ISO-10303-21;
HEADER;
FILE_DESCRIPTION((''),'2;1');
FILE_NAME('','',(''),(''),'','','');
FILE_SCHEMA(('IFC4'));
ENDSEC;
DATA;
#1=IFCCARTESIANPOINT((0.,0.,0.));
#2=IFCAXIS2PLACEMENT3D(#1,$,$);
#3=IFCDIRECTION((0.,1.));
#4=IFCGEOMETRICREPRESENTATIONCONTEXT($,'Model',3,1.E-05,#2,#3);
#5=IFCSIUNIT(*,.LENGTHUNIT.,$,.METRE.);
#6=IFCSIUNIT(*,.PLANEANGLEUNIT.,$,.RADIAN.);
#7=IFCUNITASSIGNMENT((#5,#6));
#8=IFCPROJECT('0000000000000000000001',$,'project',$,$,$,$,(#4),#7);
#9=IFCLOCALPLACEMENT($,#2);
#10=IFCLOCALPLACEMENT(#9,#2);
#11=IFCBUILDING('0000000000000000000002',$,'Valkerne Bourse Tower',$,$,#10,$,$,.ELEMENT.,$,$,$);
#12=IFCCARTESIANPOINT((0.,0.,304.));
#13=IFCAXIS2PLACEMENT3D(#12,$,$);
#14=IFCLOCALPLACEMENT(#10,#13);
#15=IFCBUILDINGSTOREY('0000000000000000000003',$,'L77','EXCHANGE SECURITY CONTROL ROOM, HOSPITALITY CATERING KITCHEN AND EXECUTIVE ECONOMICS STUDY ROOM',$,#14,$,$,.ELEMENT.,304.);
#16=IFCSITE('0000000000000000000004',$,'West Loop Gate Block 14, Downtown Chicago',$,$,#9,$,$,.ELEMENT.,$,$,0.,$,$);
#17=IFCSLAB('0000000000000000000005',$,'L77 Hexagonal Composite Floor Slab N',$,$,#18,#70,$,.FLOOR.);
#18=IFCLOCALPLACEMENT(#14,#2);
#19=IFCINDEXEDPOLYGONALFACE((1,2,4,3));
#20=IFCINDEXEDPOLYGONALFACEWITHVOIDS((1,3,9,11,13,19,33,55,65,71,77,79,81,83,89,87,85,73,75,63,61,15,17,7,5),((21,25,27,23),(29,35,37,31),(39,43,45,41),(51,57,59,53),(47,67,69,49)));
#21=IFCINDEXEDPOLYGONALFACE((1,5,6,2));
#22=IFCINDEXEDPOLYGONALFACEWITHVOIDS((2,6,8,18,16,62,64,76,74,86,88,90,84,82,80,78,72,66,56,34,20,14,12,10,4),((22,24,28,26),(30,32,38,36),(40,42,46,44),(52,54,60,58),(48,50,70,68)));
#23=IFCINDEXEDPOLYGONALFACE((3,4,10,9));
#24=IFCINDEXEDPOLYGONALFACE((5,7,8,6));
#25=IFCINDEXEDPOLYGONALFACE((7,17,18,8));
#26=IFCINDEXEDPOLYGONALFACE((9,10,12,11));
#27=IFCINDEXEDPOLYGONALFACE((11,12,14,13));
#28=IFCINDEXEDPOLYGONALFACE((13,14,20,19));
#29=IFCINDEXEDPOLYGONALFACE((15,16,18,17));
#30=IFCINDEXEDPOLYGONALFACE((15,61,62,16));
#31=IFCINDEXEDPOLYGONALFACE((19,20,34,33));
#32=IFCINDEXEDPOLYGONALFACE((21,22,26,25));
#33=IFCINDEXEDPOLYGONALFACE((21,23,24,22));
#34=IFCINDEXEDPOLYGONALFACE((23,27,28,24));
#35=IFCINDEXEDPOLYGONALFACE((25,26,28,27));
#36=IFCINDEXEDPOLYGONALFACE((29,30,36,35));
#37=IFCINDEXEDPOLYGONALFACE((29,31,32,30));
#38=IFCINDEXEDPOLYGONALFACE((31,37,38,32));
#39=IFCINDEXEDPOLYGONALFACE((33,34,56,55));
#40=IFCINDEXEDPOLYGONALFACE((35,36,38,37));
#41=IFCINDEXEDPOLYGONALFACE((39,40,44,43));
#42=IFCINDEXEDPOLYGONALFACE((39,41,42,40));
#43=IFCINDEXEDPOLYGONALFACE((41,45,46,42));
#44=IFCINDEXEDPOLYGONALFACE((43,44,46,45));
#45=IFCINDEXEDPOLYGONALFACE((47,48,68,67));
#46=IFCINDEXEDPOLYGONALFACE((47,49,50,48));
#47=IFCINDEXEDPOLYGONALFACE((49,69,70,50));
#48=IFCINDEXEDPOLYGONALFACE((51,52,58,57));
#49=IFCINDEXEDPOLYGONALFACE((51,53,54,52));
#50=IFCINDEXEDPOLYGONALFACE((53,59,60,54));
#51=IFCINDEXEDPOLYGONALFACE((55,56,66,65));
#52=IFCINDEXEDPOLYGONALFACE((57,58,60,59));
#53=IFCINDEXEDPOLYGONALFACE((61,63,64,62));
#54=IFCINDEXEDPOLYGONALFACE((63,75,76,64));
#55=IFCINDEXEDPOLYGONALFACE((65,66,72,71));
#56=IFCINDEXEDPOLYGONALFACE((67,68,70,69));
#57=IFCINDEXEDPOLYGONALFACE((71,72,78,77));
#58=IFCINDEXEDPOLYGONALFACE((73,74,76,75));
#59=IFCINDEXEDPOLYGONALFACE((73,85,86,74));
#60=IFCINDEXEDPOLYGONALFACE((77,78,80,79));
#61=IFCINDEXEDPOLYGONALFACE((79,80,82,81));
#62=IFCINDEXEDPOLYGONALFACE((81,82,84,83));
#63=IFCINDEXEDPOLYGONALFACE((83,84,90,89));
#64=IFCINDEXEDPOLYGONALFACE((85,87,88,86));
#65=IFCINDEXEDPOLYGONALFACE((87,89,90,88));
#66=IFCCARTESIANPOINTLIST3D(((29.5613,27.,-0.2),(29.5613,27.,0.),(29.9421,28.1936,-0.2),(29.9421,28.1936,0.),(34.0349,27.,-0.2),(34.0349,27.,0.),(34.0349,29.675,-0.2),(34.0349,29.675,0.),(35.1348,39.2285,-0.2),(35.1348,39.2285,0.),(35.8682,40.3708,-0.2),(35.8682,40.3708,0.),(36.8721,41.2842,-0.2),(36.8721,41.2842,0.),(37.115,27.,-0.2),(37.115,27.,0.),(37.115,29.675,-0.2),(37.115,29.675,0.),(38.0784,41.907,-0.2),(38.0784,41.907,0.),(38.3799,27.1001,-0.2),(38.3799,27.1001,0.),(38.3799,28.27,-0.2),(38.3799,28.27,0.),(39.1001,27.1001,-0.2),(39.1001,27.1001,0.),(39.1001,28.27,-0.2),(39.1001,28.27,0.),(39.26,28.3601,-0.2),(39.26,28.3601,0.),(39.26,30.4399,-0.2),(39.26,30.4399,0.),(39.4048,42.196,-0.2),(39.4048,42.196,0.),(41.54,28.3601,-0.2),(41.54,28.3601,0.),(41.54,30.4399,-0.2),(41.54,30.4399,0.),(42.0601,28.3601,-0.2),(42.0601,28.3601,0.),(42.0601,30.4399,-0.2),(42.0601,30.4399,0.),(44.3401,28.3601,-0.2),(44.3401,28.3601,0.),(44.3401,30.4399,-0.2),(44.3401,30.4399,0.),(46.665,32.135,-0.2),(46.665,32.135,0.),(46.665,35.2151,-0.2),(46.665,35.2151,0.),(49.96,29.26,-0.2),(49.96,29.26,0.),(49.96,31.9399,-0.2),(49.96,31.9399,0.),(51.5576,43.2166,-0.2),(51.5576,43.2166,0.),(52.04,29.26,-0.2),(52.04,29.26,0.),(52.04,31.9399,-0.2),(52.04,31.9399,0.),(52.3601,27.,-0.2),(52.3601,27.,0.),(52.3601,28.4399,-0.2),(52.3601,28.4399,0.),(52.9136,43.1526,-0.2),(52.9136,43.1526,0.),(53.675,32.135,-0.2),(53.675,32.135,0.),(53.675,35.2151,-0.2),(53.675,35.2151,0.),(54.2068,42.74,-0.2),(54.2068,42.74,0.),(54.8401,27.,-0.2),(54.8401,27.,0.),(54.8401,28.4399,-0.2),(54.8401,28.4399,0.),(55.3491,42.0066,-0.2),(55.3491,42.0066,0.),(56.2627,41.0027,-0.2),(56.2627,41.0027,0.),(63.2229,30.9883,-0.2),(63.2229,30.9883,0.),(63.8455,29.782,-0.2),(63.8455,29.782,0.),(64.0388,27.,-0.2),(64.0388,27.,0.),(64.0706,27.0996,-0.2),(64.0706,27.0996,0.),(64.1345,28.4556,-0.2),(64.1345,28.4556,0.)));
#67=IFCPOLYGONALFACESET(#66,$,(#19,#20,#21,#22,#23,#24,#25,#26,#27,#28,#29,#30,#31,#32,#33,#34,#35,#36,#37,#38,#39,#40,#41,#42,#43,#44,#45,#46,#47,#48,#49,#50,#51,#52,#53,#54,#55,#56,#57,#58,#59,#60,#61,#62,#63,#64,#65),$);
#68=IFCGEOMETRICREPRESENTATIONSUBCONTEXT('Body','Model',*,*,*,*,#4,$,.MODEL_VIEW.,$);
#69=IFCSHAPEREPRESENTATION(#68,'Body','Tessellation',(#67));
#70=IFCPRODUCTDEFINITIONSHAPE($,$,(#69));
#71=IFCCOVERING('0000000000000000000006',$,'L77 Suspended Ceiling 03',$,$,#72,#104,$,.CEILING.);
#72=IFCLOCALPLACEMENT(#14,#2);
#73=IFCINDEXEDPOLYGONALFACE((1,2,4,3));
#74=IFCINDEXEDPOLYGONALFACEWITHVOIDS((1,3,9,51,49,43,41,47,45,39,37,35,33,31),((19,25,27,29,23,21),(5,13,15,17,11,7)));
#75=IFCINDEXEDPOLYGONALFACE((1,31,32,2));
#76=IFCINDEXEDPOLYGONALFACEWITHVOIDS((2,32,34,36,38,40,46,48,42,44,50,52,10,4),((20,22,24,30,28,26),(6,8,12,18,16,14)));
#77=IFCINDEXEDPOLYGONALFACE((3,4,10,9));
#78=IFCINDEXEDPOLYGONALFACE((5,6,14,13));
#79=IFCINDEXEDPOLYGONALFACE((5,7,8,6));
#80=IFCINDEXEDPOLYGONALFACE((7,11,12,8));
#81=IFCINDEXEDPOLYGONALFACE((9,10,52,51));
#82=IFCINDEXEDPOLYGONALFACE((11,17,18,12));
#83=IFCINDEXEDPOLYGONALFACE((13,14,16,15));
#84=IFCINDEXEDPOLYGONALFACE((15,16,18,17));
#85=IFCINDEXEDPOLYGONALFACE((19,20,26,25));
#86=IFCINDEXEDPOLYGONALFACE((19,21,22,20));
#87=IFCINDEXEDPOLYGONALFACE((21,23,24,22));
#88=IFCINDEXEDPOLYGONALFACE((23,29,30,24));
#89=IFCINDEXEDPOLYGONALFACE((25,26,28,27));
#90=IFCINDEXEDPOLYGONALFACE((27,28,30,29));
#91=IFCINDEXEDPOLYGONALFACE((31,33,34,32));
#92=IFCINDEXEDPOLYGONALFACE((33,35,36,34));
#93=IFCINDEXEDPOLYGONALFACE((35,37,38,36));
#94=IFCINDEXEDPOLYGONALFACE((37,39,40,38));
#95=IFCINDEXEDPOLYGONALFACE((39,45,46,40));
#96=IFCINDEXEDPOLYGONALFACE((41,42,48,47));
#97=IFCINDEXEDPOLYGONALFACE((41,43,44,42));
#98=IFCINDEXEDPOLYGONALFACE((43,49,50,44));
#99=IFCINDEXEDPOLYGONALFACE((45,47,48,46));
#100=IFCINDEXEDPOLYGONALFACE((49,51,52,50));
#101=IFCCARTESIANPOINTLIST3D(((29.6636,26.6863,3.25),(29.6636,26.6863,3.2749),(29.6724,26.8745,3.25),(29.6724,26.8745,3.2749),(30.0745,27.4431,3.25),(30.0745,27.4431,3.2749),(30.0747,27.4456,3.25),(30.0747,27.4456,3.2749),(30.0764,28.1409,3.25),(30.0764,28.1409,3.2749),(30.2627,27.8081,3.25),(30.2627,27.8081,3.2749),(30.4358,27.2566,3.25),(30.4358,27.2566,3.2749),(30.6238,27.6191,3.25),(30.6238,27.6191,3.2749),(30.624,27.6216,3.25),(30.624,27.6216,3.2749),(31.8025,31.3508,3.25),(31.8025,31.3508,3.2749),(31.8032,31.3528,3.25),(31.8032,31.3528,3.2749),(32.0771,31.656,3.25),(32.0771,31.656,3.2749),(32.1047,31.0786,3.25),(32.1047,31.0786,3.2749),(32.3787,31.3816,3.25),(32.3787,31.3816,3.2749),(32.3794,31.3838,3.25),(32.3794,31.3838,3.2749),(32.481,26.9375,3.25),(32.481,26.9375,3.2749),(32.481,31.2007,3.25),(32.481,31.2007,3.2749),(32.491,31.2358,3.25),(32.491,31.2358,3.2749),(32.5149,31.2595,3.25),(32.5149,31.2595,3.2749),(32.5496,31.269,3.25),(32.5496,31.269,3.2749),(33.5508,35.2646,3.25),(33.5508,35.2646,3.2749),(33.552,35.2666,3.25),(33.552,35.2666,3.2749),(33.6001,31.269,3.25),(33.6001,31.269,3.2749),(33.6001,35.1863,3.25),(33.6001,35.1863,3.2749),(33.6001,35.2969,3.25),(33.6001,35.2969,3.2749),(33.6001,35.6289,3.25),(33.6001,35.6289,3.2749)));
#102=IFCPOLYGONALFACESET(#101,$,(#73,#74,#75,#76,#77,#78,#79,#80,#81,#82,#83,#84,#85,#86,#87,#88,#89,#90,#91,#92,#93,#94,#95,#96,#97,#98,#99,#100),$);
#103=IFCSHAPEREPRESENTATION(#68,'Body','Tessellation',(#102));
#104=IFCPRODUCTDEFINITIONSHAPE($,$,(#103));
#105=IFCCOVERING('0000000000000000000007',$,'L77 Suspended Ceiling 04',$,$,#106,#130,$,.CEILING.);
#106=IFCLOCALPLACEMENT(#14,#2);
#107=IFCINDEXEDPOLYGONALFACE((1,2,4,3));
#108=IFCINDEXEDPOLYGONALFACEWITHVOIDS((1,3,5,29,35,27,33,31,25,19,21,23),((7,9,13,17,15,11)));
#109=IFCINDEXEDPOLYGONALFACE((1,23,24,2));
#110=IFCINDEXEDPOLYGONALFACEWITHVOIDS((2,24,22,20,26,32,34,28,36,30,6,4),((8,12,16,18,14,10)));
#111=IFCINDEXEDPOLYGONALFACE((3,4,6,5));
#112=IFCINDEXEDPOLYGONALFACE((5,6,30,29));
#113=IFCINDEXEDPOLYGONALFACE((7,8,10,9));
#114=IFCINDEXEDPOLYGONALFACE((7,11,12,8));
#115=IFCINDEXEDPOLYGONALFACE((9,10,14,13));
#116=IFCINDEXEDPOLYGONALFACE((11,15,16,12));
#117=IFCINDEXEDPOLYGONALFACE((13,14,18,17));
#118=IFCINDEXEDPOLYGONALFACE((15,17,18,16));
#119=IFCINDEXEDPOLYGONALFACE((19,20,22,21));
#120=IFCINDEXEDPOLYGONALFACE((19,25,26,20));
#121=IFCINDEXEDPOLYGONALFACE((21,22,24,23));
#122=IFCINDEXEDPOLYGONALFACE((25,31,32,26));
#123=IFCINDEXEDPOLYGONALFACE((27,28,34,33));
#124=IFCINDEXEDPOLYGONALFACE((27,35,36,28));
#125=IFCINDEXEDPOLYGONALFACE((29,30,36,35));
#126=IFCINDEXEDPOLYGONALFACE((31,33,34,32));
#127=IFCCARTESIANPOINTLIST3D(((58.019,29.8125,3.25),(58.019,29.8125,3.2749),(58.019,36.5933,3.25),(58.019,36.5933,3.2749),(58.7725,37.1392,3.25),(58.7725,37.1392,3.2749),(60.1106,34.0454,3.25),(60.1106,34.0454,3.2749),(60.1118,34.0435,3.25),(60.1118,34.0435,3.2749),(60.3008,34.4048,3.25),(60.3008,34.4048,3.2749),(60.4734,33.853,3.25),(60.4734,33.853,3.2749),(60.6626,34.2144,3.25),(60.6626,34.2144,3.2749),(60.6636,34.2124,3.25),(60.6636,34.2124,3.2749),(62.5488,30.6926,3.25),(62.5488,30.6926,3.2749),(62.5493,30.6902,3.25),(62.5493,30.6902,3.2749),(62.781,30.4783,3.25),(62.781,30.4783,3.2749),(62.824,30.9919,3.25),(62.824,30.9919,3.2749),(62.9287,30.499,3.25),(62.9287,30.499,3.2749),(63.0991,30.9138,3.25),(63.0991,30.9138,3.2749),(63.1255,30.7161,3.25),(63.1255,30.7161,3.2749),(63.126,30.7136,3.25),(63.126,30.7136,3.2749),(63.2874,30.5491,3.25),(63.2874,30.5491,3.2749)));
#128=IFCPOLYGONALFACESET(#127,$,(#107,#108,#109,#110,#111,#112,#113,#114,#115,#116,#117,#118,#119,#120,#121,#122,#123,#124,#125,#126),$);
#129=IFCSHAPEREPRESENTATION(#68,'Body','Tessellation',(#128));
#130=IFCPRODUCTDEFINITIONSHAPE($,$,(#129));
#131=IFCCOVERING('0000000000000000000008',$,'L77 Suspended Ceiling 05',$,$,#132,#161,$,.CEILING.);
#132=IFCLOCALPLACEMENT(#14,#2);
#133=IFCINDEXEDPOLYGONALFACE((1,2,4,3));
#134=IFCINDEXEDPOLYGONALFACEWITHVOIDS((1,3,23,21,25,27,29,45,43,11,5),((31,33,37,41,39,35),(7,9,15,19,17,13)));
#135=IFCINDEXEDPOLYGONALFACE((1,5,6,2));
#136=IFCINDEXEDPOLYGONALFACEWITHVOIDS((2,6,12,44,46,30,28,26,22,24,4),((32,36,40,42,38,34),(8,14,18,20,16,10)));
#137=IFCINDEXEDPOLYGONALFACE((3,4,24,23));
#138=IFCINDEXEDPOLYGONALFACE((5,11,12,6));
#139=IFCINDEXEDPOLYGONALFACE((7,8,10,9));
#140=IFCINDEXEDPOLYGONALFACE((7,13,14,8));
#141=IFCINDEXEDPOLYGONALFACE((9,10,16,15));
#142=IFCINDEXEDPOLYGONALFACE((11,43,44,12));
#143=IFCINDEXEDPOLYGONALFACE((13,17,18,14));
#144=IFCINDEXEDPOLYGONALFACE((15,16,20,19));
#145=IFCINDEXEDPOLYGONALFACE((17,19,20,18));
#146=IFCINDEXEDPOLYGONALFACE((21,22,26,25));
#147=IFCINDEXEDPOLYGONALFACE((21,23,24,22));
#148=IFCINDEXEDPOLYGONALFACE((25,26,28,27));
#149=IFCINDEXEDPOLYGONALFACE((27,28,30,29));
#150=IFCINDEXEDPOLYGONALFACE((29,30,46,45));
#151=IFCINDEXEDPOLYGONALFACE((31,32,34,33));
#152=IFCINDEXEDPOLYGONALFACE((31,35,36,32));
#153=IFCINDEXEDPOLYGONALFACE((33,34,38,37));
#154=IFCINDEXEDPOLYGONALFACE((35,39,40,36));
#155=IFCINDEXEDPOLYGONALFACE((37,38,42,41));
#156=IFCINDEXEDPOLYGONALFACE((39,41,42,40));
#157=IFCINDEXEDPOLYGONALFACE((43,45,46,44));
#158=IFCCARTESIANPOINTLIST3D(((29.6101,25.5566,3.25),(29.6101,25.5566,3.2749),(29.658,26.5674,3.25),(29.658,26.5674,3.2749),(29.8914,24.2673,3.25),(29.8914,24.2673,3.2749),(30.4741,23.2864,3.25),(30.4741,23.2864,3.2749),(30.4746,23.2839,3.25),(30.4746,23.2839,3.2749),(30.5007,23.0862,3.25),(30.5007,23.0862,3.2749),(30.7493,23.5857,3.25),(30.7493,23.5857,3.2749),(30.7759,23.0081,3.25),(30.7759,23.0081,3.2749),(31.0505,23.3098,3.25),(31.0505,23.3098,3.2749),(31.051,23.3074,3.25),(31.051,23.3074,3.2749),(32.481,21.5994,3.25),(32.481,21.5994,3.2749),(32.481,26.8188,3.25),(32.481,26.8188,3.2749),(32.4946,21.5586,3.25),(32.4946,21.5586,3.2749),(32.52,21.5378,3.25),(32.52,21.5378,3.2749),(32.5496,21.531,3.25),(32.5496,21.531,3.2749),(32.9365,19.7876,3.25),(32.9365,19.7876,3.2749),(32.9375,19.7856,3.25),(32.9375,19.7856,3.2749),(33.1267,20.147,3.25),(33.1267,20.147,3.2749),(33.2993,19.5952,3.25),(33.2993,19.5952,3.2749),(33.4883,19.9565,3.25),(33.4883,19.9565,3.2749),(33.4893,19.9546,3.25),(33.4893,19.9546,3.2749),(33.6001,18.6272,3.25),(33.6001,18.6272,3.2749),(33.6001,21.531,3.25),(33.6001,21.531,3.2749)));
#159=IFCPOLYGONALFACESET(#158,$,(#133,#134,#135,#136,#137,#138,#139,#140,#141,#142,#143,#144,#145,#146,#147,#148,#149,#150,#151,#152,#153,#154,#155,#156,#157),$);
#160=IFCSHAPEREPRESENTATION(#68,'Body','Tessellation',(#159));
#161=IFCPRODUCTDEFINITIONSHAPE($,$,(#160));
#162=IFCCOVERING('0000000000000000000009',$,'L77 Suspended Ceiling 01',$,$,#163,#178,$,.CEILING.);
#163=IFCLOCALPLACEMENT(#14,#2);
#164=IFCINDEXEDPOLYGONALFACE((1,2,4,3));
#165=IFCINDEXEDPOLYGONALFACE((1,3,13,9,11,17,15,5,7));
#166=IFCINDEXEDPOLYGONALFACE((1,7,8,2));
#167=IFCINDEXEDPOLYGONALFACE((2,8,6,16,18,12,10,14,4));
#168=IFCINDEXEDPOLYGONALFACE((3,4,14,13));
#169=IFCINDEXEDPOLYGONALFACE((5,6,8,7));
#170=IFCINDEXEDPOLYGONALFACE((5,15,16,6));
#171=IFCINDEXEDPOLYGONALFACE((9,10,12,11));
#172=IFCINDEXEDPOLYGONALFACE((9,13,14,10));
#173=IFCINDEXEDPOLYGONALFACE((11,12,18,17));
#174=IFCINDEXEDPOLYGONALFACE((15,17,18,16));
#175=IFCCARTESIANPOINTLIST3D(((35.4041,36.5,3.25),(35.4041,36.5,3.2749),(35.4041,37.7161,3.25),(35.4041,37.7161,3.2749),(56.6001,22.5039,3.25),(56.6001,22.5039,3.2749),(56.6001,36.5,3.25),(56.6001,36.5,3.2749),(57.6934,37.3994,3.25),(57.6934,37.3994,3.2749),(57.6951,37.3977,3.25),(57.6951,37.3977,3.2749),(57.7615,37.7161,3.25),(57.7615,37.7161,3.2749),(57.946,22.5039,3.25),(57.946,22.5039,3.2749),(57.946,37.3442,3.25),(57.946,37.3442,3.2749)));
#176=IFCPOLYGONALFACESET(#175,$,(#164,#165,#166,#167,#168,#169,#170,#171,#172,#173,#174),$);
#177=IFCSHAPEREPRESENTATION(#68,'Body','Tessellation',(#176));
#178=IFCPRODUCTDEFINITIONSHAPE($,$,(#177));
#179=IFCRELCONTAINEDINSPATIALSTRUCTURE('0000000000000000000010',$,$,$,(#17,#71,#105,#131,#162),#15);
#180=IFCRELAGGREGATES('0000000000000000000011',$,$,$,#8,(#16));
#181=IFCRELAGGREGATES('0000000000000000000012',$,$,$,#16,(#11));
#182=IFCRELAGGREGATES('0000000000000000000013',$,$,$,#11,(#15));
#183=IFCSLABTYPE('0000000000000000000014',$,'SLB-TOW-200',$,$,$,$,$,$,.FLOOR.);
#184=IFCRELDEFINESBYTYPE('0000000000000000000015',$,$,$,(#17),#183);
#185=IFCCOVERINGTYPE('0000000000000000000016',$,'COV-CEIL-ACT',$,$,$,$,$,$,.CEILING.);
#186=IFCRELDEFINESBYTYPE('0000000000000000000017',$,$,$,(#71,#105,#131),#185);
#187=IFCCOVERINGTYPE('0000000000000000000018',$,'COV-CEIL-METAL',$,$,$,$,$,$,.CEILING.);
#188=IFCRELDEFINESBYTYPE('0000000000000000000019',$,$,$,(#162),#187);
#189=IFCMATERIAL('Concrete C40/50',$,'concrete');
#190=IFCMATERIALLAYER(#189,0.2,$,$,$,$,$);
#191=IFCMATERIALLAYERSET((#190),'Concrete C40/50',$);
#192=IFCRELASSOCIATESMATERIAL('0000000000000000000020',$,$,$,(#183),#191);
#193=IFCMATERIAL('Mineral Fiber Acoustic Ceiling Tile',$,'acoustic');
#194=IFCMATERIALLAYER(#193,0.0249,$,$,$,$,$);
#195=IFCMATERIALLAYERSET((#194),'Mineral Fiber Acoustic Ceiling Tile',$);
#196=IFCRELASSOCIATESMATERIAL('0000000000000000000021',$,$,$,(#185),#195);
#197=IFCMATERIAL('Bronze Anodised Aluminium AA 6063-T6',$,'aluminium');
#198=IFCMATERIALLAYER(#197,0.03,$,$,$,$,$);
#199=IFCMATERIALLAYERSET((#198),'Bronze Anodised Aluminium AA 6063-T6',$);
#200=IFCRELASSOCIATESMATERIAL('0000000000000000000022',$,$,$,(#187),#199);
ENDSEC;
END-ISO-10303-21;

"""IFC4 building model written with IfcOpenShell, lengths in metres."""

from ifc_helpers import new_model, si_unit, direction, frame, origin, place, context, subcontext, project, spatial, polyline, outline, extrude, material, layer, layer_set, type_object, element, save


model = new_model("IFC4")

# Units and contexts
model_context = context("Model", 3, precision=1e-05, world=origin(), true_north=direction((0.0, 1.0)))
body_context = subcontext(model_context, "Body", "Model", "MODEL_VIEW")
ifc_project = project(units=[si_unit("LENGTHUNIT", "METRE"), si_unit("PLANEANGLEUNIT", "RADIAN")], contexts=[model_context])

# Site, building, storey
site_placement = place(None, origin())
site = spatial("IfcSite", under=ifc_project, at=site_placement, Name="West Loop Gate Block 14, Downtown Chicago", CompositionType="ELEMENT", RefElevation=0.0)
building_placement = place(site_placement, origin())
building = spatial("IfcBuilding", under=site, at=building_placement, Name="Valkerne Bourse Tower", CompositionType="ELEMENT")
storey_placement = place(building_placement, frame((0.0, 0.0, 304.0)))
storey = spatial("IfcBuildingStorey", under=building, at=storey_placement, Name="L77", Description="EXCHANGE SECURITY CONTROL ROOM, HOSPITALITY CATERING KITCHEN AND EXECUTIVE ECONOMICS STUDY ROOM", CompositionType="ELEMENT", Elevation=304.0)

# Shared definitions
ifc_material_1 = material(Name="Concrete C40/50", Category="concrete")

# Slab
ifc_layer_1 = layer(ifc_material_1, 0.2)
ifc_layer_set_1 = layer_set([ifc_layer_1], Name="Concrete C40/50")
slab_type_1 = type_object("IfcSlabType", Name="SLB-TOW-200", PredefinedType="FLOOR", material=ifc_layer_set_1)
slab_1_placement = place(storey_placement, frame((0.0, 0.0, -0.2)))
element("IfcSlab", 1, at=slab_1_placement, inside=storey, type_object=slab_type_1, Name="L77 Hexagonal Composite Floor Slab N", PredefinedType="FLOOR", context=body_context, shape_type="SweptSolid", body=[
    extrude(outline(polyline([(29.9421, 28.1936), (35.1348, 39.2285), (35.8682, 40.3708), (36.8721, 41.2842), (38.0784, 41.907), (39.4048, 42.196), (51.5576, 43.2166), (52.9136, 43.1526), (54.2068, 42.74), (55.3491, 42.0066), (56.2627, 41.0027), (63.2229, 30.9883), (63.8455, 29.782), (64.1345, 28.4556), (64.0706, 27.0996), (64.0388, 27.0), (54.8401, 27.0), (54.8401, 28.4399), (52.3601, 28.4399), (52.3601, 27.0), (37.115, 27.0), (37.115, 29.675), (34.0349, 29.675), (34.0349, 27.0), (29.5613, 27.0), (29.9421, 28.1936)]), holes=[polyline([(39.1001, 28.27), (38.3799, 28.27), (38.3799, 27.1001), (39.1001, 27.1001), (39.1001, 28.27)]), polyline([(41.54, 30.4399), (39.26, 30.4399), (39.26, 28.3601), (41.54, 28.3601), (41.54, 30.4399)]), polyline([(42.0601, 30.4399), (42.0601, 28.3601), (44.3401, 28.3601), (44.3401, 30.4399), (42.0601, 30.4399)]), polyline([(52.04, 31.9399), (49.96, 31.9399), (49.96, 29.26), (52.04, 29.26), (52.04, 31.9399)]), polyline([(53.675, 35.2151), (46.665, 35.2151), (46.665, 32.135), (53.675, 32.135), (53.675, 35.2151)])]), origin(), (0.0, 0.0, 1.0), 0.2),
])

# Coverings
ifc_material_2 = material(Name="Mineral Fiber Acoustic Ceiling Tile", Category="acoustic")
ifc_layer_2 = layer(ifc_material_2, 0.0249)
ifc_layer_set_2 = layer_set([ifc_layer_2], Name="Mineral Fiber Acoustic Ceiling Tile")
covering_type_1 = type_object("IfcCoveringType", Name="COV-CEIL-ACT", PredefinedType="CEILING", material=ifc_layer_set_2)
covering_1_placement = place(storey_placement, frame((0.0, 0.0, 3.25)))
element("IfcCovering", 2, at=covering_1_placement, inside=storey, type_object=covering_type_1, Name="L77 Suspended Ceiling 03", PredefinedType="CEILING", context=body_context, shape_type="SweptSolid", body=[
    extrude(outline(polyline([(33.6001, 35.6289), (33.6001, 35.2969), (33.552, 35.2666), (33.5508, 35.2646), (33.6001, 35.1863), (33.6001, 31.269), (32.5496, 31.269), (32.5149, 31.2595), (32.491, 31.2358), (32.481, 31.2007), (32.481, 26.9375), (29.6636, 26.6863), (29.6724, 26.8745), (30.0764, 28.1409), (33.6001, 35.6289)]), holes=[polyline([(30.624, 27.6216), (30.2627, 27.8081), (30.0747, 27.4456), (30.0745, 27.4431), (30.4358, 27.2566), (30.6238, 27.6191), (30.624, 27.6216)]), polyline([(32.3794, 31.3838), (32.0771, 31.656), (31.8032, 31.3528), (31.8025, 31.3508), (32.1047, 31.0786), (32.3787, 31.3816), (32.3794, 31.3838)])]), origin(), (0.0, 0.0, 1.0), 0.0249),
])
covering_2_placement = place(storey_placement, frame((0.0, 0.0, 3.25)))
element("IfcCovering", 3, at=covering_2_placement, inside=storey, type_object=covering_type_1, Name="L77 Suspended Ceiling 04", PredefinedType="CEILING", context=body_context, shape_type="SweptSolid", body=[
    extrude(outline(polyline([(62.9287, 30.499), (63.126, 30.7136), (63.1255, 30.7161), (62.824, 30.9919), (62.5488, 30.6926), (62.5493, 30.6902), (62.781, 30.4783), (58.019, 29.8125), (58.019, 36.5933), (58.7725, 37.1392), (63.0991, 30.9138), (63.2874, 30.5491), (62.9287, 30.499)]), holes=[polyline([(60.6626, 34.2144), (60.3008, 34.4048), (60.1106, 34.0454), (60.1118, 34.0435), (60.4734, 33.853), (60.6636, 34.2124), (60.6626, 34.2144)])]), origin(), (0.0, 0.0, 1.0), 0.0249),
])
covering_3_placement = place(storey_placement, frame((0.0, 0.0, 3.25)))
element("IfcCovering", 4, at=covering_3_placement, inside=storey, type_object=covering_type_1, Name="L77 Suspended Ceiling 05", PredefinedType="CEILING", context=body_context, shape_type="SweptSolid", body=[
    extrude(outline(polyline([(29.6101, 25.5566), (29.658, 26.5674), (32.481, 26.8188), (32.481, 21.5994), (32.4946, 21.5586), (32.52, 21.5378), (32.5496, 21.531), (33.6001, 21.531), (33.6001, 18.6272), (30.5007, 23.0862), (29.8914, 24.2673), (29.6101, 25.5566)]), holes=[polyline([(33.4883, 19.9565), (33.1267, 20.147), (32.9365, 19.7876), (32.9375, 19.7856), (33.2993, 19.5952), (33.4893, 19.9546), (33.4883, 19.9565)]), polyline([(31.0505, 23.3098), (30.7493, 23.5857), (30.4741, 23.2864), (30.4746, 23.2839), (30.7759, 23.0081), (31.051, 23.3074), (31.0505, 23.3098)])]), origin(), (0.0, 0.0, 1.0), 0.0249),
])
ifc_material_3 = material(Name="Bronze Anodised Aluminium AA 6063-T6", Category="aluminium")
ifc_layer_3 = layer(ifc_material_3, 0.03)
ifc_layer_set_3 = layer_set([ifc_layer_3], Name="Bronze Anodised Aluminium AA 6063-T6")
covering_type_2 = type_object("IfcCoveringType", Name="COV-CEIL-METAL", PredefinedType="CEILING", material=ifc_layer_set_3)
covering_4_placement = place(storey_placement, frame((0.0, 0.0, 3.25)))
element("IfcCovering", 5, at=covering_4_placement, inside=storey, type_object=covering_type_2, Name="L77 Suspended Ceiling 01", PredefinedType="CEILING", context=body_context, shape_type="SweptSolid", body=[
    extrude(outline(polyline([(35.4041, 37.7161), (57.7615, 37.7161), (57.6934, 37.3994), (57.6951, 37.3977), (57.946, 37.3442), (57.946, 22.5039), (56.6001, 22.5039), (56.6001, 36.5), (35.4041, 36.5), (35.4041, 37.7161)])), origin(), (0.0, 0.0, 1.0), 0.0249),
])

save(model, "model.ifc")
